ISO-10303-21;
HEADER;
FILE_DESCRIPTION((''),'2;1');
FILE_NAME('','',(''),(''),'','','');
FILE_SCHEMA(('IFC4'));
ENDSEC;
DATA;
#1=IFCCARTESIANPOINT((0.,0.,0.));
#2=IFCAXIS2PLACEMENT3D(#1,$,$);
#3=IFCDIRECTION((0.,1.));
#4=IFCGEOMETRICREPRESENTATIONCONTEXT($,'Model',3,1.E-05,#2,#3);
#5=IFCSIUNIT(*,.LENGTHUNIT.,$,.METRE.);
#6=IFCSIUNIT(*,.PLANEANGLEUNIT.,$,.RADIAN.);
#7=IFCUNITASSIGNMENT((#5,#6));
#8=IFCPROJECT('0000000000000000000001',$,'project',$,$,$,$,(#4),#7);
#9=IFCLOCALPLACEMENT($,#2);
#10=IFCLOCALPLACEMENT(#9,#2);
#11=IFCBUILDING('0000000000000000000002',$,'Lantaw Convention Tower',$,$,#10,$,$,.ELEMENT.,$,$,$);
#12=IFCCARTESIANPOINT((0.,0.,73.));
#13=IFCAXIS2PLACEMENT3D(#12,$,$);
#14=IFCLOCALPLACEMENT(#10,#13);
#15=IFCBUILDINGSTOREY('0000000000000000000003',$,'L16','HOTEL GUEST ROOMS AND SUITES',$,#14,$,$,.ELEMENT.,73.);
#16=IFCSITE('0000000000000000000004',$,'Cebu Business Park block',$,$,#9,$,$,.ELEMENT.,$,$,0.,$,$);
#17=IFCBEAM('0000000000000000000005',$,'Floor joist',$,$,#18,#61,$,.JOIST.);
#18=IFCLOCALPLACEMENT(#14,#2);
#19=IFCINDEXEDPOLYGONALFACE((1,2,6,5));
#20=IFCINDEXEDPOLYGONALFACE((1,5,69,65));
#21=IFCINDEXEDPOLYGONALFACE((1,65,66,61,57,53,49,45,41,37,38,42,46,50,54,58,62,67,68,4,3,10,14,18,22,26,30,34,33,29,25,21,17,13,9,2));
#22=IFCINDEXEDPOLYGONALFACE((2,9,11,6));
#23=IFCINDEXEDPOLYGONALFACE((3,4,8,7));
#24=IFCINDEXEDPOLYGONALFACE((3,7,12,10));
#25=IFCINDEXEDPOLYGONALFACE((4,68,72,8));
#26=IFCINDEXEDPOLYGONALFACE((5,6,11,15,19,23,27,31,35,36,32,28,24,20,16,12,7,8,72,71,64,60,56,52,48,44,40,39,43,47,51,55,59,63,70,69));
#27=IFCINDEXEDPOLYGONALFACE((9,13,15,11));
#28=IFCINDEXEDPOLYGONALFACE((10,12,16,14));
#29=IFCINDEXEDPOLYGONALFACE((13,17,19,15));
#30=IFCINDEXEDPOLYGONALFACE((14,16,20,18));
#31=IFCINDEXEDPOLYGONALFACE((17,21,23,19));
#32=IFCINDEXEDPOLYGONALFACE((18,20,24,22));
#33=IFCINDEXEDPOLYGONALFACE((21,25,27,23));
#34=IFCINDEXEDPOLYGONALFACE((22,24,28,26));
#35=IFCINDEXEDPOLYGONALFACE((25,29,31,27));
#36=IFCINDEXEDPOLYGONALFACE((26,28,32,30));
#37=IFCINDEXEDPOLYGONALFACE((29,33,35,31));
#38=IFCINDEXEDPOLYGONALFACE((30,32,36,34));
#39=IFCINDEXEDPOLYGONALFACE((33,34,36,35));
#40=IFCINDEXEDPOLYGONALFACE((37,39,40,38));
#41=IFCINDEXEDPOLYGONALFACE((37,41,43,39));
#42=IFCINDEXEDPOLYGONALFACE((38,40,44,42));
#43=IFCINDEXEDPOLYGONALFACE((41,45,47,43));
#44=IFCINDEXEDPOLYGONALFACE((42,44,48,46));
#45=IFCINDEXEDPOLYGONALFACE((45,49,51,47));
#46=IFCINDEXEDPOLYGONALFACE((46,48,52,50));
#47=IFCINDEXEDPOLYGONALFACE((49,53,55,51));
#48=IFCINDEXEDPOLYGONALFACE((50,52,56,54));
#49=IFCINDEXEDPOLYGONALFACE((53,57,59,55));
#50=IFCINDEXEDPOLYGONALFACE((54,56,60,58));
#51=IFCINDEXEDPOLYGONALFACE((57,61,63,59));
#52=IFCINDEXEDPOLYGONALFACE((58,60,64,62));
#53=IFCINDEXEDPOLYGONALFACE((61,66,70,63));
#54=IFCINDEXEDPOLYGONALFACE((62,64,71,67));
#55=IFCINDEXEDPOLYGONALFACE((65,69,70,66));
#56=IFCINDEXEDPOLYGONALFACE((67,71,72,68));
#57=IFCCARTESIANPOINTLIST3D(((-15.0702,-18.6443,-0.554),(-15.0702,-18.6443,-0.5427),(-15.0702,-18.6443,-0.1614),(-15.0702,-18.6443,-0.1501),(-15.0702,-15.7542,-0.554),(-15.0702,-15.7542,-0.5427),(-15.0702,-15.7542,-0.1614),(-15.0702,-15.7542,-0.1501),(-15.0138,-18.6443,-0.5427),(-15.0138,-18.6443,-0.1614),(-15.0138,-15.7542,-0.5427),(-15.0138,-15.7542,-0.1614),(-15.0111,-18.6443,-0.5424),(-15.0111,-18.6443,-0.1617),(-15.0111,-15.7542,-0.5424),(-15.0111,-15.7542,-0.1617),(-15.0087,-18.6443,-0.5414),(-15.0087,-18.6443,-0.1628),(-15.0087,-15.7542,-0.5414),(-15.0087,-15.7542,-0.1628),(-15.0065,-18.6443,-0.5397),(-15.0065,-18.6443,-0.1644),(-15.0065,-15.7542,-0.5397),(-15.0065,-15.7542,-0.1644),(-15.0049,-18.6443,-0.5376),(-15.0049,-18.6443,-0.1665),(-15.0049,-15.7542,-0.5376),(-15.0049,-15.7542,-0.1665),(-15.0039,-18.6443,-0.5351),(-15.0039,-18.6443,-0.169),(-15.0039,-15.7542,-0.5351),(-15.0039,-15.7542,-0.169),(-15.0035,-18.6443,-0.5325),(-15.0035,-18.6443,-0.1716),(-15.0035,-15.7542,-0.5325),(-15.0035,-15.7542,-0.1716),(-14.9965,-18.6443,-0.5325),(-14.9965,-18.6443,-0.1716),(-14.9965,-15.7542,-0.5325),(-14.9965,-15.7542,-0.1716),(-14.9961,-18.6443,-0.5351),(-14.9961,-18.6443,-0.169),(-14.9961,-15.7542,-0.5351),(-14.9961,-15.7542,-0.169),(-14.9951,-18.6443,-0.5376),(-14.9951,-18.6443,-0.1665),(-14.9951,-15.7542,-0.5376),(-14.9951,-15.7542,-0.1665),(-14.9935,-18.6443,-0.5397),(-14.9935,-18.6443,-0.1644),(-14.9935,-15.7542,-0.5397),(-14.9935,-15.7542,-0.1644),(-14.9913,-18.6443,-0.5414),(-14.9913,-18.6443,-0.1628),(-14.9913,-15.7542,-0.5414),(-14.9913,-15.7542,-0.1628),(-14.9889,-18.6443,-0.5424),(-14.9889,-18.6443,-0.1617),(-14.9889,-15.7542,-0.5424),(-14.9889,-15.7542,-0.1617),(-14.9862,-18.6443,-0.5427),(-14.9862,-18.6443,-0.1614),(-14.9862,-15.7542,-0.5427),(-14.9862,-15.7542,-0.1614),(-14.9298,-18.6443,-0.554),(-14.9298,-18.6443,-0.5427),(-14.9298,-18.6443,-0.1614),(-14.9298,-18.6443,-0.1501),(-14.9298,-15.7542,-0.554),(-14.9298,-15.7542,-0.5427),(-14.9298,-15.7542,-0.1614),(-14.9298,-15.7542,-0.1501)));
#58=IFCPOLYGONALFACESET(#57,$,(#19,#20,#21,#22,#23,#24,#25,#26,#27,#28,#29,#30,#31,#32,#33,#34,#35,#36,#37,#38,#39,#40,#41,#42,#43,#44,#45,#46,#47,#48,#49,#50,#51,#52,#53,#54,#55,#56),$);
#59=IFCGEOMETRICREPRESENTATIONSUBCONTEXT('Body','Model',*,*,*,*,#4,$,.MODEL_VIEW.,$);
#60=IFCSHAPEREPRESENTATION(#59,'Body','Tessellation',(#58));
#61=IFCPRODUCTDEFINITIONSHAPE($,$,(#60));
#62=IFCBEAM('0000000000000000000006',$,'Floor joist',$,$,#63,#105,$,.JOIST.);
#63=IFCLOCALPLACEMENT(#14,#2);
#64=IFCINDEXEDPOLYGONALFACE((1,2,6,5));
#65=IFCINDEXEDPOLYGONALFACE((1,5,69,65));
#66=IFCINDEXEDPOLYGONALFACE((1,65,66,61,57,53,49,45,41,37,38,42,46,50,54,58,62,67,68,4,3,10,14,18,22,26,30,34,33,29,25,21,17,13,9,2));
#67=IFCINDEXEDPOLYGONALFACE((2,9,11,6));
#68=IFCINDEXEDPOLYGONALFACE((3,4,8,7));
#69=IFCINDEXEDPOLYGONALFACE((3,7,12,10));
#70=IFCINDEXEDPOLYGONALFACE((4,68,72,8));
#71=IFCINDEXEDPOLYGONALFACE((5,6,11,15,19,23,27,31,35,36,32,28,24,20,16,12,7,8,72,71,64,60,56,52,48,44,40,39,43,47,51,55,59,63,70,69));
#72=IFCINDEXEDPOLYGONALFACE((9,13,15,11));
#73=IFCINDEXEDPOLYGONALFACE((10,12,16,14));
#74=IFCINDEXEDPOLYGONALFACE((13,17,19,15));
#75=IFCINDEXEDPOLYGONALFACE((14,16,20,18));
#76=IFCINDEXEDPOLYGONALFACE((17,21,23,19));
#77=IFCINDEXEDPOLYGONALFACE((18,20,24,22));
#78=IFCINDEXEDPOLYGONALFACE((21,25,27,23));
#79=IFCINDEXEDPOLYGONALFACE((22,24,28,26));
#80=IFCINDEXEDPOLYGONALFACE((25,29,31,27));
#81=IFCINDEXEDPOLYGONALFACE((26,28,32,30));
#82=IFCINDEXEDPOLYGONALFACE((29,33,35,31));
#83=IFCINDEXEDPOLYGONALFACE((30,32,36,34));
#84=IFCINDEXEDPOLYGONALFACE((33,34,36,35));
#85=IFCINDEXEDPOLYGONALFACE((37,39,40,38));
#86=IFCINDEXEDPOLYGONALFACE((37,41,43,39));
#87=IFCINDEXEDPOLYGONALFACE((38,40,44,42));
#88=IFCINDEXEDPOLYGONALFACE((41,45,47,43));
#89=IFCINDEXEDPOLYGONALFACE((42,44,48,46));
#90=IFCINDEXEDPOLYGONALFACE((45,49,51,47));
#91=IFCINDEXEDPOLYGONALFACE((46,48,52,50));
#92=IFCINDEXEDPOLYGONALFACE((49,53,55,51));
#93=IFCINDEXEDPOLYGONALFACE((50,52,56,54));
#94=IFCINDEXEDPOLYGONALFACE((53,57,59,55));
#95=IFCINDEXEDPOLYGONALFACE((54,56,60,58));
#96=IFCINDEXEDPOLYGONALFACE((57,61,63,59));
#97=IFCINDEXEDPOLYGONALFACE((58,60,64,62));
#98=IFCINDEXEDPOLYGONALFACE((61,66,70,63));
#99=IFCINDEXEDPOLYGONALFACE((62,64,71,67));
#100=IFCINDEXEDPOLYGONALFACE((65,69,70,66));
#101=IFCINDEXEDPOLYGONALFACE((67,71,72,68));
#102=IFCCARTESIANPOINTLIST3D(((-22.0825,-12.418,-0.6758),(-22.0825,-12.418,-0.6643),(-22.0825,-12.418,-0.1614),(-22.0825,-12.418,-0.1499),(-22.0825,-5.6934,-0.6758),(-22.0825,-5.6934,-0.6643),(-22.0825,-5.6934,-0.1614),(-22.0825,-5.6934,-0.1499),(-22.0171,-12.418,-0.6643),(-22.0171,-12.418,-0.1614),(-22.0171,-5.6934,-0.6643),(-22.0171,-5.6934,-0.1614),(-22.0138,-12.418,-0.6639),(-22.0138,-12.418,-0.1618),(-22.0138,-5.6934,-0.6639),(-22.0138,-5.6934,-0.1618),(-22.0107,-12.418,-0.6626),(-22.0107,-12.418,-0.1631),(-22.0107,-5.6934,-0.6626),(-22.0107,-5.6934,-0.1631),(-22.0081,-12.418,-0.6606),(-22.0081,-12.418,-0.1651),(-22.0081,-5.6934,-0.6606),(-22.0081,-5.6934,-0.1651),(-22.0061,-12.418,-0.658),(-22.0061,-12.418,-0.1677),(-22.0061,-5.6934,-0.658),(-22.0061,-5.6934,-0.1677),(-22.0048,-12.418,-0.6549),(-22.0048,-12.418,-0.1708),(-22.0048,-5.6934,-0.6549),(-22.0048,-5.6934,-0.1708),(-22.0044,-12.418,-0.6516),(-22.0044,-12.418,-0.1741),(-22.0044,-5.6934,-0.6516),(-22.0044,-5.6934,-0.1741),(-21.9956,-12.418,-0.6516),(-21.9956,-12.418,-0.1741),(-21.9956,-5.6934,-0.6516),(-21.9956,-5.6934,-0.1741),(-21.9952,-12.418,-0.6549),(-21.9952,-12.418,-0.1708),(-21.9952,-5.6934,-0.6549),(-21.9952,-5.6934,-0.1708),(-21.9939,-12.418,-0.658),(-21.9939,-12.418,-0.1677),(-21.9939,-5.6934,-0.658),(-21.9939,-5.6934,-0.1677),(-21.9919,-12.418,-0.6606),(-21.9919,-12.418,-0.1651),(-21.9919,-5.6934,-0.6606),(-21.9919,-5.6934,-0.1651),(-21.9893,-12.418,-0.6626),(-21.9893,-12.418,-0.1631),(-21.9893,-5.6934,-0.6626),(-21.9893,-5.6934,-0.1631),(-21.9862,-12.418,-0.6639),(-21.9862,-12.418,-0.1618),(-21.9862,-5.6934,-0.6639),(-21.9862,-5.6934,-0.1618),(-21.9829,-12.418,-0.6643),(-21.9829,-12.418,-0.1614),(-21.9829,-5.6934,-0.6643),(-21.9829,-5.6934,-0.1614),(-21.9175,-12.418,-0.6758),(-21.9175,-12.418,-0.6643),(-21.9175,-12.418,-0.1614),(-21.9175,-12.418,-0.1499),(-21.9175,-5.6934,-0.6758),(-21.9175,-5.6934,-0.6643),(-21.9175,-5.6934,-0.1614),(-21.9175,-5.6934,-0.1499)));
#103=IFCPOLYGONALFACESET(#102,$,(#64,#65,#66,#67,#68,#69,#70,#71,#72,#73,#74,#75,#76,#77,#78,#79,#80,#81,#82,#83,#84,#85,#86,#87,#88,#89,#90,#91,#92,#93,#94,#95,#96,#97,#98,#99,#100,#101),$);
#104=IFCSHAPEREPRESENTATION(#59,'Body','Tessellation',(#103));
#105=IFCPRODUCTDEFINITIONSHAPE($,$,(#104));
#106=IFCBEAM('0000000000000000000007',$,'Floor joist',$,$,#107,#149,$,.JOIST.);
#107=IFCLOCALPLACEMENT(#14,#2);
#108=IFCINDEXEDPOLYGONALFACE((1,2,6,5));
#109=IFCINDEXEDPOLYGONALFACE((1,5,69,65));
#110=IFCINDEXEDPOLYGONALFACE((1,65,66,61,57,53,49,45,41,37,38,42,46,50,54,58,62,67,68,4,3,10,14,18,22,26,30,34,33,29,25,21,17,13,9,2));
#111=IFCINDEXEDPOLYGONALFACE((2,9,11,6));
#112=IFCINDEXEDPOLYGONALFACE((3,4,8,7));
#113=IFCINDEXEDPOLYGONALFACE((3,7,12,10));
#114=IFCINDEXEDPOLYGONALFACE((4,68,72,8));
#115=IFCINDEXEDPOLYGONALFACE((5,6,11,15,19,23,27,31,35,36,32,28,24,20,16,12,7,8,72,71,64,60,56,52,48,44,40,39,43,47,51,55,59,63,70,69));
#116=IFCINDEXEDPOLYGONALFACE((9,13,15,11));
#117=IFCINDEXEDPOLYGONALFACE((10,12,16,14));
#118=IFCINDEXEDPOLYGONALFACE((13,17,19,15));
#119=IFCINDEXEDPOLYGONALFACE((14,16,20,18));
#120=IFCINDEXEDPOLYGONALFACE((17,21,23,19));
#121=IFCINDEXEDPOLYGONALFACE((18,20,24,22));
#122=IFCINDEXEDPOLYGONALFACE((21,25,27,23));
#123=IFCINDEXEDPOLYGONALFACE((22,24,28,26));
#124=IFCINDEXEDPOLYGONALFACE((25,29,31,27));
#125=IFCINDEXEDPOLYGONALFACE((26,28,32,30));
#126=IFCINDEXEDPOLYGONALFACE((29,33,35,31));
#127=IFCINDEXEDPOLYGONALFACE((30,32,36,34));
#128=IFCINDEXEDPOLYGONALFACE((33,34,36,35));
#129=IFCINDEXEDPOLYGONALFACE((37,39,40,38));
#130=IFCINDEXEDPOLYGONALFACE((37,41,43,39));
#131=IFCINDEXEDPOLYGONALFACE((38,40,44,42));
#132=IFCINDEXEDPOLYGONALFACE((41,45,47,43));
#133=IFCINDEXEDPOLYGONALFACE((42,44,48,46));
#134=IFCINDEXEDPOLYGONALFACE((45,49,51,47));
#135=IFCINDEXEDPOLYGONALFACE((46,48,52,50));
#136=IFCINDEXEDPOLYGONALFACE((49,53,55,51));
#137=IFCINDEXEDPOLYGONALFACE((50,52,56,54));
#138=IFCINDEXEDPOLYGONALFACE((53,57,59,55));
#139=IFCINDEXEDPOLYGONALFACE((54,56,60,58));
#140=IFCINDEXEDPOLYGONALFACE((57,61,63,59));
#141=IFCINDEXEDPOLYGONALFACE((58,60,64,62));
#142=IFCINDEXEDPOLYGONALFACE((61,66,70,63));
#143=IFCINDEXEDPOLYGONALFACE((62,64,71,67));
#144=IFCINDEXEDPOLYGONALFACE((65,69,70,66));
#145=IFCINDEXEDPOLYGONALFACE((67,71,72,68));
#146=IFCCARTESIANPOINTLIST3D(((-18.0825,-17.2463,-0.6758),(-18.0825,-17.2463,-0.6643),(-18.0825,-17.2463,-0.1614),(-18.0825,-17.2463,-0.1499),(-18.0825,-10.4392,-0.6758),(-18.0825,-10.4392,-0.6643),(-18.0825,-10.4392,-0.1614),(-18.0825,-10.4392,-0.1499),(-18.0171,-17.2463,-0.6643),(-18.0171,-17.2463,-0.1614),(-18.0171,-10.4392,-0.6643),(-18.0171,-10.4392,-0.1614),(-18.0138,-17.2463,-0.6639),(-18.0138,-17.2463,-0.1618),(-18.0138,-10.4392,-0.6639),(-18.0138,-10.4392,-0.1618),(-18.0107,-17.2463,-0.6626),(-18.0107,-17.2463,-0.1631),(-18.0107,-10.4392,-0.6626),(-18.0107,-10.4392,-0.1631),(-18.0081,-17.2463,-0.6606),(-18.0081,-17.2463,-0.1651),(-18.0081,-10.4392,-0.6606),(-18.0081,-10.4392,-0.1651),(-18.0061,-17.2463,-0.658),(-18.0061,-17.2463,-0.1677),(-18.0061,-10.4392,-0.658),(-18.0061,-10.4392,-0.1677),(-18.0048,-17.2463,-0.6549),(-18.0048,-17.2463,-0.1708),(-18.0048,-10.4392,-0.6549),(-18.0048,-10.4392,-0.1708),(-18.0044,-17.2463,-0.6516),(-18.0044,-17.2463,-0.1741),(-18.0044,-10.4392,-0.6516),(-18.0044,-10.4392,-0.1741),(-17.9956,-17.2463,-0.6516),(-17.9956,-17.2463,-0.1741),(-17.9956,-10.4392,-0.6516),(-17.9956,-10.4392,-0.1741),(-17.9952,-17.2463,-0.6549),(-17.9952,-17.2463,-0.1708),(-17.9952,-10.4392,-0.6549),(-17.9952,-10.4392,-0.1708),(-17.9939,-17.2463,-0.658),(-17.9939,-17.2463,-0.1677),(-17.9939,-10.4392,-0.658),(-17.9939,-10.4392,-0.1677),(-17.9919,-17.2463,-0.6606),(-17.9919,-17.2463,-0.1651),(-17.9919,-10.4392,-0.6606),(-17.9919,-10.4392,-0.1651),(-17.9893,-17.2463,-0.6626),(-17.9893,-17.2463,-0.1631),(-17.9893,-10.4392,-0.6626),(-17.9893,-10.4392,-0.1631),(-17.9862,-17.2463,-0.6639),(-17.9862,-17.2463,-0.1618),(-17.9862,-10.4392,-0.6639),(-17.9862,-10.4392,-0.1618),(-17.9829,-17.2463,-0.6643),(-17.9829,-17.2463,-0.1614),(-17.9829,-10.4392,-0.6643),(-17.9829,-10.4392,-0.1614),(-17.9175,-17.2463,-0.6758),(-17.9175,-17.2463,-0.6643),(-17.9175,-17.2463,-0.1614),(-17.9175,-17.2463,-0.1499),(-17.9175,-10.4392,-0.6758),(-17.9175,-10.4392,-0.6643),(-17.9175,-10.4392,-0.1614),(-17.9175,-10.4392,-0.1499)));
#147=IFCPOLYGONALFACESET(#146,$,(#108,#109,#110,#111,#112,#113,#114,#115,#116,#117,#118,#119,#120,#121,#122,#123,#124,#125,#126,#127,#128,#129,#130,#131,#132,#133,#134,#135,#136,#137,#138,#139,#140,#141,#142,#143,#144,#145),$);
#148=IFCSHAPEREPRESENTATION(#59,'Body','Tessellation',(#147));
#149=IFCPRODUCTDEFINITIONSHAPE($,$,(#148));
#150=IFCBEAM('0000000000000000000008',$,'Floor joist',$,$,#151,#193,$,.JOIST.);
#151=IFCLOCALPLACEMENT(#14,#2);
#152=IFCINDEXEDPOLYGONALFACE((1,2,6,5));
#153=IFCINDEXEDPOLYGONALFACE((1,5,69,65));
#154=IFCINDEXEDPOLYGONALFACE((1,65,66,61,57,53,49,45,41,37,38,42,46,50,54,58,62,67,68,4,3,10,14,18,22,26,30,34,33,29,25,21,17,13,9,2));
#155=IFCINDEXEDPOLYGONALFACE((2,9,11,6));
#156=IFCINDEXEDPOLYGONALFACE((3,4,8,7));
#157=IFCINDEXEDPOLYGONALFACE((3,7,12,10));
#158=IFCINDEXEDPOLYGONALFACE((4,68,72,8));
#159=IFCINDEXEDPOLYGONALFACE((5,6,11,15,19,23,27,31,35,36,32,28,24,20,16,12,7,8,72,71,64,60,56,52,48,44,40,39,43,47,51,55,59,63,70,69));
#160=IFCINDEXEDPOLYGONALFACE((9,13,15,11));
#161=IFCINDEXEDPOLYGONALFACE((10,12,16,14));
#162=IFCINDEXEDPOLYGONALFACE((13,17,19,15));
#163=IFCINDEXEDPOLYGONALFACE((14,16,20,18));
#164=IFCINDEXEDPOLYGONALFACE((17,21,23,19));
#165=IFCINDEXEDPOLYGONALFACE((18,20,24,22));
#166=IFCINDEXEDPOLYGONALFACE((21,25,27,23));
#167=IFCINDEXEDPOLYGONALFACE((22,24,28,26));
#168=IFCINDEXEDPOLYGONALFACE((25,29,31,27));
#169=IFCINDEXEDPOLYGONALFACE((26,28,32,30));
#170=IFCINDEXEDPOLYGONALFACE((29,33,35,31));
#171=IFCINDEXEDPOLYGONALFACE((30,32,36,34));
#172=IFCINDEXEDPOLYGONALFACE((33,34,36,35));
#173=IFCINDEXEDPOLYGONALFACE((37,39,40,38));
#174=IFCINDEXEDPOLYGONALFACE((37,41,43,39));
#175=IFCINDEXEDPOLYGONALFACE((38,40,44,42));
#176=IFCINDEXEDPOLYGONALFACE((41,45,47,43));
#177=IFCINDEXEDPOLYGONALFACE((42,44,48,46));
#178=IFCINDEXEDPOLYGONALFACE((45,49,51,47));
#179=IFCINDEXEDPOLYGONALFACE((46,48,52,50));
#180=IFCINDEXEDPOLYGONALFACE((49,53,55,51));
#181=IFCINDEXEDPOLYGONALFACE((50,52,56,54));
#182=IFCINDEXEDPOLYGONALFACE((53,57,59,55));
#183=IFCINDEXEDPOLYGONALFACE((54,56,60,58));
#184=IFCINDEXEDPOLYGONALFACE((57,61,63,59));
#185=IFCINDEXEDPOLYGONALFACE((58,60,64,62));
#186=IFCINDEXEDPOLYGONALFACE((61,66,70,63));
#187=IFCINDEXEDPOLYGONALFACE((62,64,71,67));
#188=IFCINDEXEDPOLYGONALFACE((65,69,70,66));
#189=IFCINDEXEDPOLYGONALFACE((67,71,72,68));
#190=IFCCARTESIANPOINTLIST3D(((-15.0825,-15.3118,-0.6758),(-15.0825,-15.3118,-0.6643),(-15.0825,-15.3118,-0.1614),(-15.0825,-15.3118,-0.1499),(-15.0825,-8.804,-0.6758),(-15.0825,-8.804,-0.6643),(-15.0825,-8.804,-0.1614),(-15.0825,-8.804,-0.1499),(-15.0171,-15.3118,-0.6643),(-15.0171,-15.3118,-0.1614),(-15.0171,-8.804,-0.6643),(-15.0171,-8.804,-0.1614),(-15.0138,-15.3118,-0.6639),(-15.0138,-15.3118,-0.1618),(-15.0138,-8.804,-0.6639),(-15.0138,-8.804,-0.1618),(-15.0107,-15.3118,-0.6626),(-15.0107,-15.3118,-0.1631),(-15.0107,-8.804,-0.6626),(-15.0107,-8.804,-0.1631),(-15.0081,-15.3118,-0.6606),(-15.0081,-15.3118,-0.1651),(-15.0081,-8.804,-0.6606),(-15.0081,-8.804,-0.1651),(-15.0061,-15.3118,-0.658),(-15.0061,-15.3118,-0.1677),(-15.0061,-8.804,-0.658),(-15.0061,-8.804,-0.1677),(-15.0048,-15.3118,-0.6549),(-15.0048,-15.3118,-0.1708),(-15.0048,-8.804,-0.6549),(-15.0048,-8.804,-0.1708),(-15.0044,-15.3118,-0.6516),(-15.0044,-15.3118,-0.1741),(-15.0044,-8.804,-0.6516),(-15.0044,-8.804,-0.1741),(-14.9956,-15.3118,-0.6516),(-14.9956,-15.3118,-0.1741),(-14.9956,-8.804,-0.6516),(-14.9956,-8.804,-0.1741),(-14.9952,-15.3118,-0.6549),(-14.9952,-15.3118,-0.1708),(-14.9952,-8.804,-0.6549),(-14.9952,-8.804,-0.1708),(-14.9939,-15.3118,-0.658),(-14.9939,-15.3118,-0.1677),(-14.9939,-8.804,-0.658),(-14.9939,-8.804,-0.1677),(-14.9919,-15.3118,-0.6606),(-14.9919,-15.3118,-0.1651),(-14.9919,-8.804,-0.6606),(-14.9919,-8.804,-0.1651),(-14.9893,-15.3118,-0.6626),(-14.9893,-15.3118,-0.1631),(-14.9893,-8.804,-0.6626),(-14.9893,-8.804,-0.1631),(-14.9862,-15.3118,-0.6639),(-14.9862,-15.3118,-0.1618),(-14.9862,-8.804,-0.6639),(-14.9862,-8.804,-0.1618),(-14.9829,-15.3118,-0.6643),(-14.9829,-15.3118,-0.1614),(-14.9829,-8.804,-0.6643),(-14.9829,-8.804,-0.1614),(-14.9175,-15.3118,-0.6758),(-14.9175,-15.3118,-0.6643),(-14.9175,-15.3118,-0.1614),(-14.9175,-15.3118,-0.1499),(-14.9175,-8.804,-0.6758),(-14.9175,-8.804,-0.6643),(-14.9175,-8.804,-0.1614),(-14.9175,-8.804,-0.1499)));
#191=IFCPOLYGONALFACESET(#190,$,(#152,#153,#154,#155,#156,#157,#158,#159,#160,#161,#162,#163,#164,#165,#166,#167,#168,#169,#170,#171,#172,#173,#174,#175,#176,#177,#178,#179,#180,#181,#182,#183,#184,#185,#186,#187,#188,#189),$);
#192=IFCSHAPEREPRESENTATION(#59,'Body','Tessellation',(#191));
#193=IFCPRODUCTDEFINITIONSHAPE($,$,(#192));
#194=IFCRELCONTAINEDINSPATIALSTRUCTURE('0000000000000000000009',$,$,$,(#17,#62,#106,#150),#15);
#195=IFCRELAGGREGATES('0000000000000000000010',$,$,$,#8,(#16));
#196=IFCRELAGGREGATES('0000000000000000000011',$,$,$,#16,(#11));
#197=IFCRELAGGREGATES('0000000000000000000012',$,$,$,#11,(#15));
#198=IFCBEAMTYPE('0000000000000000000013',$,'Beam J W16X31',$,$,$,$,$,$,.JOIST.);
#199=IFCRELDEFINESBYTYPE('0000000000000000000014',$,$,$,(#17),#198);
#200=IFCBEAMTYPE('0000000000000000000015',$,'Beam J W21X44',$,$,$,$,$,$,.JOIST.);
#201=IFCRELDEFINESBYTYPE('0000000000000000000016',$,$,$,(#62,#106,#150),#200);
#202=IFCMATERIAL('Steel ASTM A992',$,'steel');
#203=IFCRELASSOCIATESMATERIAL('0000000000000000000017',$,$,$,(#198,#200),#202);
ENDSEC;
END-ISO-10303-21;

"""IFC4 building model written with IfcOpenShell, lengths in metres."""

from ifc_helpers import new_model, si_unit, direction, frame, origin, origin_2d, place, context, subcontext, project, spatial, i_section, extrude, material, material_profile, profile_set, type_object, element, save


model = new_model("IFC4")

# Units and contexts
model_context = context("Model", 3, precision=1e-05, world=origin(), true_north=direction((0.0, 1.0)))
body_context = subcontext(model_context, "Body", "Model", "MODEL_VIEW")
ifc_project = project(units=[si_unit("LENGTHUNIT", "METRE"), si_unit("PLANEANGLEUNIT", "RADIAN")], contexts=[model_context])

# Site, building, storey
site_placement = place(None, origin())
site = spatial("IfcSite", under=ifc_project, at=site_placement, Name="Cebu Business Park block", CompositionType="ELEMENT", RefElevation=0.0)
building_placement = place(site_placement, origin())
building = spatial("IfcBuilding", under=site, at=building_placement, Name="Lantaw Convention Tower", CompositionType="ELEMENT")
storey_placement = place(building_placement, frame((0.0, 0.0, 73.0)))
storey = spatial("IfcBuildingStorey", under=building, at=storey_placement, Name="L16", Description="HOTEL GUEST ROOMS AND SUITES", CompositionType="ELEMENT", Elevation=73.0)

# Beams
ifc_material_1 = material(Name="Steel ASTM A992", Category="steel")
ifc_material_profile_1 = material_profile(ifc_material_1, i_section(OverallWidth=0.1404, OverallDepth=0.4038, WebThickness=0.0071, FlangeThickness=0.0112, FilletRadius=0.0103, at=origin_2d()), Name="W16X31")
ifc_profile_set_1 = profile_set([ifc_material_profile_1], Name="Steel ASTM A992")
beam_type_1 = type_object("IfcBeamType", Name="Beam J W16X31", PredefinedType="JOIST", material=ifc_profile_set_1)
beam_1_placement = place(storey_placement, frame((-15.0, -18.6443, -0.3521), z_axis=(0.0, 1.0, 0.0), x_axis=(-1.0, 0.0, 0.0)))
element("IfcBeam", 1, at=beam_1_placement, inside=storey, type_object=beam_type_1, Name="Floor joist", PredefinedType="JOIST", context=body_context, shape_type="SweptSolid", body=[
    extrude(i_section(OverallWidth=0.1404, OverallDepth=0.4038, WebThickness=0.0071, FlangeThickness=0.0112, FilletRadius=0.0103, at=origin_2d()), origin(), (0.0, 0.0, 1.0), 2.8901),
])
ifc_material_profile_2 = material_profile(ifc_material_1, i_section(OverallWidth=0.165, OverallDepth=0.5259, WebThickness=0.0088, FlangeThickness=0.0115, FilletRadius=0.0127, at=origin_2d()), Name="W21X44")
ifc_profile_set_2 = profile_set([ifc_material_profile_2], Name="Steel ASTM A992")
beam_type_2 = type_object("IfcBeamType", Name="Beam J W21X44", PredefinedType="JOIST", material=ifc_profile_set_2)
beam_2_placement = place(storey_placement, frame((-22.0, -12.418, -0.4128), z_axis=(0.0, 1.0, 0.0), x_axis=(-1.0, 0.0, 0.0)))
element("IfcBeam", 2, at=beam_2_placement, inside=storey, type_object=beam_type_2, Name="Floor joist", PredefinedType="JOIST", context=body_context, shape_type="SweptSolid", body=[
    extrude(i_section(OverallWidth=0.165, OverallDepth=0.5259, WebThickness=0.0088, FlangeThickness=0.0115, FilletRadius=0.0127, at=origin_2d()), origin(), (0.0, 0.0, 1.0), 6.7246),
])
beam_3_placement = place(storey_placement, frame((-18.0, -17.2463, -0.4128), z_axis=(0.0, 1.0, 0.0), x_axis=(-1.0, 0.0, 0.0)))
element("IfcBeam", 3, at=beam_3_placement, inside=storey, type_object=beam_type_2, Name="Floor joist", PredefinedType="JOIST", context=body_context, shape_type="SweptSolid", body=[
    extrude(i_section(OverallWidth=0.165, OverallDepth=0.5259, WebThickness=0.0088, FlangeThickness=0.0115, FilletRadius=0.0127, at=origin_2d()), origin(), (0.0, 0.0, 1.0), 6.8071),
])
beam_4_placement = place(storey_placement, frame((-15.0, -15.3118, -0.4128), z_axis=(0.0, 1.0, 0.0), x_axis=(-1.0, 0.0, 0.0)))
element("IfcBeam", 4, at=beam_4_placement, inside=storey, type_object=beam_type_2, Name="Floor joist", PredefinedType="JOIST", context=body_context, shape_type="SweptSolid", body=[
    extrude(i_section(OverallWidth=0.165, OverallDepth=0.5259, WebThickness=0.0088, FlangeThickness=0.0115, FilletRadius=0.0127, at=origin_2d()), origin(), (0.0, 0.0, 1.0), 6.5078),
])

save(model, "model.ifc")
